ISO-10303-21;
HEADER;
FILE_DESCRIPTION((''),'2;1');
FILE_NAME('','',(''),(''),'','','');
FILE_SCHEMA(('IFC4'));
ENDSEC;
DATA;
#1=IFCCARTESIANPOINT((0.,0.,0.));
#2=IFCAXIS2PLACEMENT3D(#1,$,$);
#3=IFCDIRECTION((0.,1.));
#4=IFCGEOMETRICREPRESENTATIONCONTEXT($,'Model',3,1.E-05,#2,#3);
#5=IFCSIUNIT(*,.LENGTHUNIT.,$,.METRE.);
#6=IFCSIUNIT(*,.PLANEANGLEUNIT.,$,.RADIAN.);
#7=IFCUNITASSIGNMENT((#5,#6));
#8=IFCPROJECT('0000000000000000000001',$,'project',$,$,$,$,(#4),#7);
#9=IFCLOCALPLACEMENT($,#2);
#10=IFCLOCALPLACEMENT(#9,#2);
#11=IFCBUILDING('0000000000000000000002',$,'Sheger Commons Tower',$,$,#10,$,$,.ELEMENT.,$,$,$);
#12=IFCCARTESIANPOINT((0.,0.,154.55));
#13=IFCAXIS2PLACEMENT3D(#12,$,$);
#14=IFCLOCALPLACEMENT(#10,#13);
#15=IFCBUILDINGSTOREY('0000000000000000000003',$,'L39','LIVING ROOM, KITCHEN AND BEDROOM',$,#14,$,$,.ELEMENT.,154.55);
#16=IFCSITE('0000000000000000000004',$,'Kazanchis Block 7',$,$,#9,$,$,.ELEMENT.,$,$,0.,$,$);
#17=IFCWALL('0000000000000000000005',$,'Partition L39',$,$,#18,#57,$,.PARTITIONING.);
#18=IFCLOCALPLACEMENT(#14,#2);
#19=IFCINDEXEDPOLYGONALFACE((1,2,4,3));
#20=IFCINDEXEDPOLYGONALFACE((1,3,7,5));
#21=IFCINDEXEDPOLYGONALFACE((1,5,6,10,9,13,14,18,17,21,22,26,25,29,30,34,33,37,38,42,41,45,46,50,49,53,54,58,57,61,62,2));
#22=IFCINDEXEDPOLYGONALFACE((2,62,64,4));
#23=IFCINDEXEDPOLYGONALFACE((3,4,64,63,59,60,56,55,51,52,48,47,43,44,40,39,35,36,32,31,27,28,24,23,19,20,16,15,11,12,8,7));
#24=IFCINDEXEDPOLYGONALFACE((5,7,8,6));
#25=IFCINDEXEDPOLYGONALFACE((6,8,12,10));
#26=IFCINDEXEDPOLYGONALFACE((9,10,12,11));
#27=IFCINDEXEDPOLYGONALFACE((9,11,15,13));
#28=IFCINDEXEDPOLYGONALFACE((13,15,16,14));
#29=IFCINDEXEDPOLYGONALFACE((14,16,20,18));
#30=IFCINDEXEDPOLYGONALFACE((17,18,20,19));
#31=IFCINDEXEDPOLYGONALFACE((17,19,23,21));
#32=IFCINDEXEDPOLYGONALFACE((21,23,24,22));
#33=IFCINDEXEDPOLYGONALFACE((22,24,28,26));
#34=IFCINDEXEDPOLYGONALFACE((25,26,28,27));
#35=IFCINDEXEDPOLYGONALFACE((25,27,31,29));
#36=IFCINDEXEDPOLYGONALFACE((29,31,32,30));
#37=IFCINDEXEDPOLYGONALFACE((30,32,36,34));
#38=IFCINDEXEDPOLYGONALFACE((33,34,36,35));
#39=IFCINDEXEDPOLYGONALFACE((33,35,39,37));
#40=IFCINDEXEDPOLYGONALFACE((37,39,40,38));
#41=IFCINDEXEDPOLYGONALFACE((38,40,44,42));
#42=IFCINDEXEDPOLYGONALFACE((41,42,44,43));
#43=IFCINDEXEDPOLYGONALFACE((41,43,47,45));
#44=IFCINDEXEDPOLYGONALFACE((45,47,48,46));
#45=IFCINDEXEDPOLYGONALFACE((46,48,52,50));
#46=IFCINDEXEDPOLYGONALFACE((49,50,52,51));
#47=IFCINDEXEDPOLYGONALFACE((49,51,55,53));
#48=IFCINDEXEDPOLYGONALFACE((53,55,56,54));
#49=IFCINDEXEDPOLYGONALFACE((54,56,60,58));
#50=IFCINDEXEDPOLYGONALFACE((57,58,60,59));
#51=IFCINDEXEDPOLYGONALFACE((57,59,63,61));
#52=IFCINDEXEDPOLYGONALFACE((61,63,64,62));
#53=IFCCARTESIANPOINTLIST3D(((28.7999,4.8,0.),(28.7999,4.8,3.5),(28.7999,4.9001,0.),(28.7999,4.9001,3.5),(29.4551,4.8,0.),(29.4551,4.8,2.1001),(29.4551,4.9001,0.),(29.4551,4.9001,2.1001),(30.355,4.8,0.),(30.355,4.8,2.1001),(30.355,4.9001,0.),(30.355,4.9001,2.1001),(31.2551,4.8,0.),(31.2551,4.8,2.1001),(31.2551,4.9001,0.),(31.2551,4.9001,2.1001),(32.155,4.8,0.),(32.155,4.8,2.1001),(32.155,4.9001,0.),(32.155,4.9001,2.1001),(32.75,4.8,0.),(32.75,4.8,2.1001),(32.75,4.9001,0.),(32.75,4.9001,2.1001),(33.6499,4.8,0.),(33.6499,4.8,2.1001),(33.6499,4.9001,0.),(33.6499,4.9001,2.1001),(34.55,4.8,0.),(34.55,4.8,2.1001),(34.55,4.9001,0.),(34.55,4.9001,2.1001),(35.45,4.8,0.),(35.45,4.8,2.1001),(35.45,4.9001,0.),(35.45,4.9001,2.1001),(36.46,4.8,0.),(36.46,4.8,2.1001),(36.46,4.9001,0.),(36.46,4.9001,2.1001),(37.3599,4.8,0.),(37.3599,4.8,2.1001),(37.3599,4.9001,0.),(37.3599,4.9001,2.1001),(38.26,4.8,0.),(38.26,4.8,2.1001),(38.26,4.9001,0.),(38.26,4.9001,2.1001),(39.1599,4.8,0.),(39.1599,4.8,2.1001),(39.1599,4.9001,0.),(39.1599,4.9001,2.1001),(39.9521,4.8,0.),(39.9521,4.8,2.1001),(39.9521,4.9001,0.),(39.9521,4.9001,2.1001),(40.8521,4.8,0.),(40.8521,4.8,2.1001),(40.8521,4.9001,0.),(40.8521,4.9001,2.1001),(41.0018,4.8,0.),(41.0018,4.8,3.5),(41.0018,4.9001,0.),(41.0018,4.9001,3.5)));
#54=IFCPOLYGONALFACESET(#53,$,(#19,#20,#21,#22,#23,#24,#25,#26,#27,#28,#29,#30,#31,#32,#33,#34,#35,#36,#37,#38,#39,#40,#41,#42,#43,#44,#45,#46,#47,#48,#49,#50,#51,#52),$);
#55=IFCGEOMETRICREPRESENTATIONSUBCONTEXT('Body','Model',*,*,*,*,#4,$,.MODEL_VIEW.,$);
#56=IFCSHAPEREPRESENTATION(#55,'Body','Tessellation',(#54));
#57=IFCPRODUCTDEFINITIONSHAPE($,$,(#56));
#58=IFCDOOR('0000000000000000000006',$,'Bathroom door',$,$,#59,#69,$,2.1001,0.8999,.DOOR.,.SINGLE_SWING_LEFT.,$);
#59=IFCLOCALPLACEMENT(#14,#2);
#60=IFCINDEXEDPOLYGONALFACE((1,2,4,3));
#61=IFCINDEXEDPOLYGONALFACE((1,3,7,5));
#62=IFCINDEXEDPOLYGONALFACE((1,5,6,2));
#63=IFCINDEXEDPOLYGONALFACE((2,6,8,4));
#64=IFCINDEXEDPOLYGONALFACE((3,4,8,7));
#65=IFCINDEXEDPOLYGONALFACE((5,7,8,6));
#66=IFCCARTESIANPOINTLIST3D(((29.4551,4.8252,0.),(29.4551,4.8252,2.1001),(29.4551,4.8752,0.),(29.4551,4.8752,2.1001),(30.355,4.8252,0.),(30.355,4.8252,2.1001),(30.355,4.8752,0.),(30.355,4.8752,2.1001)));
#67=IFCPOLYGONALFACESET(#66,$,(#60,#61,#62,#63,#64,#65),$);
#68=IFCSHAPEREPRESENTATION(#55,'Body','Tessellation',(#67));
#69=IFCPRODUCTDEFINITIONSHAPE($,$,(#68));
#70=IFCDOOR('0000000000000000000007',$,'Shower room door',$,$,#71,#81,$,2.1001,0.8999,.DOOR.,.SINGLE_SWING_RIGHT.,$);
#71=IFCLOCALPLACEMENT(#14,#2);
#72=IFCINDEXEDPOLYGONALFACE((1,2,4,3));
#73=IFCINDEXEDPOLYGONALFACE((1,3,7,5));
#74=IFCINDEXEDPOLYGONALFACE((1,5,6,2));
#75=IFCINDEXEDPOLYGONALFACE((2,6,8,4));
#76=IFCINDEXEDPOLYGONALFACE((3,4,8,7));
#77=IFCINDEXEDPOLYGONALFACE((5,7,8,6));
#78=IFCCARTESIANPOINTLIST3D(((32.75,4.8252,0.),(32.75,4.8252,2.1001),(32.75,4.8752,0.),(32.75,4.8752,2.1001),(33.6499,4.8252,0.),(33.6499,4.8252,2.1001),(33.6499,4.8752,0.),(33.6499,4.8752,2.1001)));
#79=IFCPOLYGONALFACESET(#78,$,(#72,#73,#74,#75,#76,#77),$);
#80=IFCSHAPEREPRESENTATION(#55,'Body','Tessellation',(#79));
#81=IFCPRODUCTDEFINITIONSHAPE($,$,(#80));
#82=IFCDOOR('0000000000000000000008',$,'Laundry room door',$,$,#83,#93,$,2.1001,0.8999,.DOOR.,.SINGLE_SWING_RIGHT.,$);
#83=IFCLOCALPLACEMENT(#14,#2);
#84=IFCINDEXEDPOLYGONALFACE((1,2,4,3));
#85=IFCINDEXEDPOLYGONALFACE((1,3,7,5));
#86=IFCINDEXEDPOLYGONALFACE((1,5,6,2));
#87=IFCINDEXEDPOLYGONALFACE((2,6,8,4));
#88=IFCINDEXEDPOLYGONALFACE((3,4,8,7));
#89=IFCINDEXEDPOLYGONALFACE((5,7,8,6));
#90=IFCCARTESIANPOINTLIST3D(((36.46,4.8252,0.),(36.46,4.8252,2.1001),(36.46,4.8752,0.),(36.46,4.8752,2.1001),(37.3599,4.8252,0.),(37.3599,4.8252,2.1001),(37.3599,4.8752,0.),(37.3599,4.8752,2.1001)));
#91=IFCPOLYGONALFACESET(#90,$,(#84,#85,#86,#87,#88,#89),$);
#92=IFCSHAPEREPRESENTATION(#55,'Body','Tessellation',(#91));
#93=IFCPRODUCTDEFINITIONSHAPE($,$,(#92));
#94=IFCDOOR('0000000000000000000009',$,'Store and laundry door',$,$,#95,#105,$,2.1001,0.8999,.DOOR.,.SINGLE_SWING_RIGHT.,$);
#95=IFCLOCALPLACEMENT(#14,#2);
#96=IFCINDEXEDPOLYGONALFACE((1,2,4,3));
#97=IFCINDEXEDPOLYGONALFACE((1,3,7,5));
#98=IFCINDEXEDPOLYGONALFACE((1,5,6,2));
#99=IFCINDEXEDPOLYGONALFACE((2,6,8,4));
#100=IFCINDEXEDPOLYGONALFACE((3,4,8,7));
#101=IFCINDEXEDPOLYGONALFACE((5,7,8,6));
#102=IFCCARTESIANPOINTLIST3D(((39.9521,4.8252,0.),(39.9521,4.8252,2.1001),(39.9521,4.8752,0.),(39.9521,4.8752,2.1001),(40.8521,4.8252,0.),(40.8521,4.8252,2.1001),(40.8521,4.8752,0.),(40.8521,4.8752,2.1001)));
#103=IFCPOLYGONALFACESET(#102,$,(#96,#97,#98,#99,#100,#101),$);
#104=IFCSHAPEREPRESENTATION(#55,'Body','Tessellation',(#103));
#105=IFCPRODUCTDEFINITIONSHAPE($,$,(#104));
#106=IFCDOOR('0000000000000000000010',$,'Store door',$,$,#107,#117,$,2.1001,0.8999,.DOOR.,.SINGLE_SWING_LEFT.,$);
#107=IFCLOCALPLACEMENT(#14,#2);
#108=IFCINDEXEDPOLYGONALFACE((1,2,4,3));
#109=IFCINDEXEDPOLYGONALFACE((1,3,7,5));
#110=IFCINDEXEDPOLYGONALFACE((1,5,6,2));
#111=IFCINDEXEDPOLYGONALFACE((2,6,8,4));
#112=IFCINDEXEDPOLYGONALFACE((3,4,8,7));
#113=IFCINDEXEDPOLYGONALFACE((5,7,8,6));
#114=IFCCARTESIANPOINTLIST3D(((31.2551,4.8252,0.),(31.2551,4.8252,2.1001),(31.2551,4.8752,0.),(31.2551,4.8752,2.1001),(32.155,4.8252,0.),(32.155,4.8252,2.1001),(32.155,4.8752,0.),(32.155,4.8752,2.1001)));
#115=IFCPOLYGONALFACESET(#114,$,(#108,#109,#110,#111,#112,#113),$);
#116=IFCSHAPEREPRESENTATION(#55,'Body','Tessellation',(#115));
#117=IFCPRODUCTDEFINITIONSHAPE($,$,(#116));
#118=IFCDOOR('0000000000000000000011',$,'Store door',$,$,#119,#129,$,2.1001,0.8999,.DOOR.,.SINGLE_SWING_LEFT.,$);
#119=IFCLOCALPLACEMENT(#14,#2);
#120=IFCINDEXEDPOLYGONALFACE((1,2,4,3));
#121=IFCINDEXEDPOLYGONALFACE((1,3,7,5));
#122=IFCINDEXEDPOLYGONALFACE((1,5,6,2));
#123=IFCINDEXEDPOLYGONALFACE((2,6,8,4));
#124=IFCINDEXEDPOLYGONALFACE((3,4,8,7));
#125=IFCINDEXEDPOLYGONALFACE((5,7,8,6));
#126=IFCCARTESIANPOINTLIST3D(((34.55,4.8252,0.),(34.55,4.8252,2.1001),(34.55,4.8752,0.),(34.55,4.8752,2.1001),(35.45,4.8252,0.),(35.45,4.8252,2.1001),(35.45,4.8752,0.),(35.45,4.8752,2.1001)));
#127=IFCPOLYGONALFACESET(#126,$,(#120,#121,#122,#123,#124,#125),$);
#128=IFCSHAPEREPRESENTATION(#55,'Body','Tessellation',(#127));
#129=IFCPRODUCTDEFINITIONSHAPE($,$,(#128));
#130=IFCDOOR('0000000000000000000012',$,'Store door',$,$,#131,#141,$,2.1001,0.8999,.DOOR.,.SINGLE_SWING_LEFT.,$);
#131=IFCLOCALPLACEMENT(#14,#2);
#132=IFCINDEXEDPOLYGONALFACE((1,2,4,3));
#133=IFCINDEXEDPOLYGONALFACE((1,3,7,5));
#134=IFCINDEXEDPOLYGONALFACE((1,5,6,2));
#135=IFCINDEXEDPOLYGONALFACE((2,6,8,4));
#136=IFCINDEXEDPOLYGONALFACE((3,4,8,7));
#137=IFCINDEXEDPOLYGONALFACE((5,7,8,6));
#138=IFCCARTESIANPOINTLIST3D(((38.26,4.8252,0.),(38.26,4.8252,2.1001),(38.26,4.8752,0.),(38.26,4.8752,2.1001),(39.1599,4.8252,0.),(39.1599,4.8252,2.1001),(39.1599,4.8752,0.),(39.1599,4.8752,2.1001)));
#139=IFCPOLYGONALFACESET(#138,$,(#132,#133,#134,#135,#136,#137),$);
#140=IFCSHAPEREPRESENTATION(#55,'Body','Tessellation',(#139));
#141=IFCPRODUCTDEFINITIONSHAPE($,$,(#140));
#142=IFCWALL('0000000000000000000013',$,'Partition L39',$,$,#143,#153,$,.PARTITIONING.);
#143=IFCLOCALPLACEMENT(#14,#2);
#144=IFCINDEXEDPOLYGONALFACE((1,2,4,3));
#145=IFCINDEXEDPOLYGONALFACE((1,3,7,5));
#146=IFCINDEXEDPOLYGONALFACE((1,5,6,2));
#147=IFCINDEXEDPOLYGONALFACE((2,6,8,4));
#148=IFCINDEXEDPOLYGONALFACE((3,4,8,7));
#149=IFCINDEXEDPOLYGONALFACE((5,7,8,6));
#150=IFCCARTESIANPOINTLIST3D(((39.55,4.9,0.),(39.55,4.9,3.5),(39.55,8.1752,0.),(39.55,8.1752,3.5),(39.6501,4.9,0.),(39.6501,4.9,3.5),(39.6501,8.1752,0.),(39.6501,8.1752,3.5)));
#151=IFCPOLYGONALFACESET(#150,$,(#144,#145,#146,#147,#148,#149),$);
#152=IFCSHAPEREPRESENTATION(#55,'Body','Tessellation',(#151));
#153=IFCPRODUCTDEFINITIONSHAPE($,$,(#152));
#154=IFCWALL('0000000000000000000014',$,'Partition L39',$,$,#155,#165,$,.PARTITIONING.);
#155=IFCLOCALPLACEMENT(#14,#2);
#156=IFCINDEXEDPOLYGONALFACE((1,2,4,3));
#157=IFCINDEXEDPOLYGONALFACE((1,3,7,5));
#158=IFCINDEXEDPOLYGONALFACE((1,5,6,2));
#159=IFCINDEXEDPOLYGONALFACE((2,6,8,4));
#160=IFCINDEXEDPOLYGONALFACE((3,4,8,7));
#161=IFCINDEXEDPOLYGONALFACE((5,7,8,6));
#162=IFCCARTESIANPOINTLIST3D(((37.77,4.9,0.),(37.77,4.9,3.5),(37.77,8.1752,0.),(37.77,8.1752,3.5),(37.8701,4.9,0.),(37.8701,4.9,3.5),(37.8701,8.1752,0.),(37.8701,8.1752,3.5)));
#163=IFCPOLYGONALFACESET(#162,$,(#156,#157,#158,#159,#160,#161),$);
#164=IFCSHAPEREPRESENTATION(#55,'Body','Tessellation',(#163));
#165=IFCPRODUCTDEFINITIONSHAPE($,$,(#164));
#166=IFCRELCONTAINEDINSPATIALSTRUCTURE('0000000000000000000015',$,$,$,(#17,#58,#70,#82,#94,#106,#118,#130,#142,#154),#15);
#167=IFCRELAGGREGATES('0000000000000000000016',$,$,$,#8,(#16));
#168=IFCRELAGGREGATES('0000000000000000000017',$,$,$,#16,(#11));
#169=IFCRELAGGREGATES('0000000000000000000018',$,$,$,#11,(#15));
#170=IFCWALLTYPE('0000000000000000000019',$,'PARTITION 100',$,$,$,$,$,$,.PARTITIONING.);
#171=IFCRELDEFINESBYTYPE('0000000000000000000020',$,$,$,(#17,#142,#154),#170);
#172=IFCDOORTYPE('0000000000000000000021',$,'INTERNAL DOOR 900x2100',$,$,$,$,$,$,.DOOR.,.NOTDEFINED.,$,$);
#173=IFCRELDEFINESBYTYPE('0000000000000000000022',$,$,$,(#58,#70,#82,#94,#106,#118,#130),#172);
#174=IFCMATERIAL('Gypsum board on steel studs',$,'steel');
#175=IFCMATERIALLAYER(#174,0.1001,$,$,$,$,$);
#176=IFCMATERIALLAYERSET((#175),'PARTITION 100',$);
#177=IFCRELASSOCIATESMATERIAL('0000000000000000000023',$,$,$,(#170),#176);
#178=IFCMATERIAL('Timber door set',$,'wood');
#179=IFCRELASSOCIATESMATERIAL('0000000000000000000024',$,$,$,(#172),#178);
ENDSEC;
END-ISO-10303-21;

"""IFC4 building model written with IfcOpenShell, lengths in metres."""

from ifc_helpers import new_model, si_unit, direction, frame, frame_2d, origin, place, context, subcontext, project, spatial, rectangle, extrude, material, layer, layer_set, type_object, element, fill, save


model = new_model("IFC4")

# Units and contexts
model_context = context("Model", 3, precision=1e-05, world=origin(), true_north=direction((0.0, 1.0)))
body_context = subcontext(model_context, "Body", "Model", "MODEL_VIEW")
ifc_project = project(units=[si_unit("LENGTHUNIT", "METRE"), si_unit("PLANEANGLEUNIT", "RADIAN")], contexts=[model_context])

# Site, building, storey
site_placement = place(None, origin())
site = spatial("IfcSite", under=ifc_project, at=site_placement, Name="Kazanchis Block 7", CompositionType="ELEMENT", RefElevation=0.0)
building_placement = place(site_placement, origin())
building = spatial("IfcBuilding", under=site, at=building_placement, Name="Sheger Commons Tower", CompositionType="ELEMENT")
storey_placement = place(building_placement, frame((0.0, 0.0, 154.55)))
storey = spatial("IfcBuildingStorey", under=building, at=storey_placement, Name="L39", Description="LIVING ROOM, KITCHEN AND BEDROOM", CompositionType="ELEMENT", Elevation=154.55)

# Wall, openings, doors
ifc_material_1 = material(Name="Gypsum board on steel studs", Category="steel")
ifc_layer_1 = layer(ifc_material_1, 0.1001)
ifc_layer_set_1 = layer_set([ifc_layer_1], Name="PARTITION 100")
wall_type_1 = type_object("IfcWallType", Name="PARTITION 100", PredefinedType="PARTITIONING", material=ifc_layer_set_1)
ifc_material_2 = material(Name="Timber door set", Category="wood")
door_type = type_object("IfcDoorType", Name="INTERNAL DOOR 900x2100", OperationType="NOTDEFINED", PredefinedType="DOOR", material=ifc_material_2)
wall_1_placement = place(storey_placement, frame((41.002, 4.8501, 0.0), z_axis=(0.0, 0.0, 1.0), x_axis=(-1.0, 0.0, 0.0)))
wall_1 = element("IfcWall", 1, at=wall_1_placement, inside=storey, type_object=wall_type_1, Name="Partition L39", PredefinedType="PARTITIONING", context=body_context, shape_type="SweptSolid", body=[
    extrude(rectangle(XDim=12.2019, YDim=0.1001, at=frame_2d((6.1011, 0.0))), origin(), (0.0, 0.0, 1.0), 3.5),
])
opening_1_placement = place(wall_1_placement, frame((10.647, 0.0, 0.0)))
opening_1 = element("IfcOpeningElement", 2, at=opening_1_placement, cuts=wall_1, PredefinedType="OPENING", context=body_context, shape_type="SweptSolid", body=[
    extrude(rectangle(XDim=0.8999, YDim=2.1001, at=frame_2d((0.45, 1.05))), frame((0.0, 0.0601, 0.0), z_axis=(0.0, -1.0, 0.0), x_axis=(1.0, 0.0, 0.0)), (0.0, 0.0, 1.0), 0.1201),
])
opening_2_placement = place(wall_1_placement, frame((7.3521, 0.0, 0.0)))
opening_2 = element("IfcOpeningElement", 3, at=opening_2_placement, cuts=wall_1, PredefinedType="OPENING", context=body_context, shape_type="SweptSolid", body=[
    extrude(rectangle(XDim=0.8999, YDim=2.1001, at=frame_2d((0.45, 1.05))), frame((0.0, 0.0601, 0.0), z_axis=(0.0, -1.0, 0.0), x_axis=(1.0, 0.0, 0.0)), (0.0, 0.0, 1.0), 0.1201),
])
opening_3_placement = place(wall_1_placement, frame((3.6421, 0.0, 0.0)))
opening_3 = element("IfcOpeningElement", 4, at=opening_3_placement, cuts=wall_1, PredefinedType="OPENING", context=body_context, shape_type="SweptSolid", body=[
    extrude(rectangle(XDim=0.8999, YDim=2.1001, at=frame_2d((0.45, 1.05))), frame((0.0, 0.0601, 0.0), z_axis=(0.0, -1.0, 0.0), x_axis=(1.0, 0.0, 0.0)), (0.0, 0.0, 1.0), 0.1201),
])
opening_4_placement = place(wall_1_placement, frame((0.1499, 0.0, 0.0)))
opening_4 = element("IfcOpeningElement", 5, at=opening_4_placement, cuts=wall_1, PredefinedType="OPENING", context=body_context, shape_type="SweptSolid", body=[
    extrude(rectangle(XDim=0.8999, YDim=2.1001, at=frame_2d((0.45, 1.05))), frame((0.0, 0.0601, 0.0), z_axis=(0.0, -1.0, 0.0), x_axis=(1.0, 0.0, 0.0)), (0.0, 0.0, 1.0), 0.1201),
])
opening_5_placement = place(wall_1_placement, frame((8.8469, 0.0, 0.0)))
opening_5 = element("IfcOpeningElement", 6, at=opening_5_placement, cuts=wall_1, PredefinedType="OPENING", context=body_context, shape_type="SweptSolid", body=[
    extrude(rectangle(XDim=0.8999, YDim=2.1001, at=frame_2d((0.45, 1.05))), frame((0.0, 0.0601, 0.0), z_axis=(0.0, -1.0, 0.0), x_axis=(1.0, 0.0, 0.0)), (0.0, 0.0, 1.0), 0.1201),
])
opening_6_placement = place(wall_1_placement, frame((5.552, 0.0, 0.0)))
opening_6 = element("IfcOpeningElement", 7, at=opening_6_placement, cuts=wall_1, PredefinedType="OPENING", context=body_context, shape_type="SweptSolid", body=[
    extrude(rectangle(XDim=0.8999, YDim=2.1001, at=frame_2d((0.45, 1.05))), frame((0.0, 0.0601, 0.0), z_axis=(0.0, -1.0, 0.0), x_axis=(1.0, 0.0, 0.0)), (0.0, 0.0, 1.0), 0.1201),
])
opening_7_placement = place(wall_1_placement, frame((1.842, 0.0, 0.0)))
opening_7 = element("IfcOpeningElement", 8, at=opening_7_placement, cuts=wall_1, PredefinedType="OPENING", context=body_context, shape_type="SweptSolid", body=[
    extrude(rectangle(XDim=0.8999, YDim=2.1001, at=frame_2d((0.45, 1.05))), frame((0.0, 0.0601, 0.0), z_axis=(0.0, -1.0, 0.0), x_axis=(1.0, 0.0, 0.0)), (0.0, 0.0, 1.0), 0.1201),
])
door_1_placement = place(opening_1_placement, origin())
door_1 = element("IfcDoor", 9, at=door_1_placement, inside=storey, type_object=door_type, Name="Bathroom door", OperationType="SINGLE_SWING_LEFT", OverallHeight=2.1001, OverallWidth=0.8999, PredefinedType="DOOR", context=body_context, shape_type="SweptSolid", body=[
    extrude(rectangle(XDim=0.8999, YDim=2.1001, at=frame_2d((0.45, 1.05))), frame((0.0, 0.0249, 0.0), z_axis=(0.0, -1.0, 0.0), x_axis=(1.0, 0.0, 0.0)), (0.0, 0.0, 1.0), 0.05),
])
fill(opening_1, door_1)
door_2_placement = place(opening_2_placement, origin())
door_2 = element("IfcDoor", 10, at=door_2_placement, inside=storey, type_object=door_type, Name="Shower room door", OperationType="SINGLE_SWING_RIGHT", OverallHeight=2.1001, OverallWidth=0.8999, PredefinedType="DOOR", context=body_context, shape_type="SweptSolid", body=[
    extrude(rectangle(XDim=0.8999, YDim=2.1001, at=frame_2d((0.45, 1.05))), frame((0.0, 0.0249, 0.0), z_axis=(0.0, -1.0, 0.0), x_axis=(1.0, 0.0, 0.0)), (0.0, 0.0, 1.0), 0.05),
])
fill(opening_2, door_2)
door_3_placement = place(opening_3_placement, origin())
door_3 = element("IfcDoor", 11, at=door_3_placement, inside=storey, type_object=door_type, Name="Laundry room door", OperationType="SINGLE_SWING_RIGHT", OverallHeight=2.1001, OverallWidth=0.8999, PredefinedType="DOOR", context=body_context, shape_type="SweptSolid", body=[
    extrude(rectangle(XDim=0.8999, YDim=2.1001, at=frame_2d((0.45, 1.05))), frame((0.0, 0.0249, 0.0), z_axis=(0.0, -1.0, 0.0), x_axis=(1.0, 0.0, 0.0)), (0.0, 0.0, 1.0), 0.05),
])
fill(opening_3, door_3)
door_4_placement = place(opening_4_placement, origin())
door_4 = element("IfcDoor", 12, at=door_4_placement, inside=storey, type_object=door_type, Name="Store and laundry door", OperationType="SINGLE_SWING_RIGHT", OverallHeight=2.1001, OverallWidth=0.8999, PredefinedType="DOOR", context=body_context, shape_type="SweptSolid", body=[
    extrude(rectangle(XDim=0.8999, YDim=2.1001, at=frame_2d((0.45, 1.05))), frame((0.0, 0.0249, 0.0), z_axis=(0.0, -1.0, 0.0), x_axis=(1.0, 0.0, 0.0)), (0.0, 0.0, 1.0), 0.05),
])
fill(opening_4, door_4)
door_5_placement = place(opening_5_placement, origin())
door_5 = element("IfcDoor", 13, at=door_5_placement, inside=storey, type_object=door_type, Name="Store door", OperationType="SINGLE_SWING_LEFT", OverallHeight=2.1001, OverallWidth=0.8999, PredefinedType="DOOR", context=body_context, shape_type="SweptSolid", body=[
    extrude(rectangle(XDim=0.8999, YDim=2.1001, at=frame_2d((0.45, 1.05))), frame((0.0, 0.0249, 0.0), z_axis=(0.0, -1.0, 0.0), x_axis=(1.0, 0.0, 0.0)), (0.0, 0.0, 1.0), 0.05),
])
fill(opening_5, door_5)
door_6_placement = place(opening_6_placement, origin())
door_6 = element("IfcDoor", 14, at=door_6_placement, inside=storey, type_object=door_type, Name="Store door", OperationType="SINGLE_SWING_LEFT", OverallHeight=2.1001, OverallWidth=0.8999, PredefinedType="DOOR", context=body_context, shape_type="SweptSolid", body=[
    extrude(rectangle(XDim=0.8999, YDim=2.1001, at=frame_2d((0.45, 1.05))), frame((0.0, 0.0249, 0.0), z_axis=(0.0, -1.0, 0.0), x_axis=(1.0, 0.0, 0.0)), (0.0, 0.0, 1.0), 0.05),
])
fill(opening_6, door_6)
door_7_placement = place(opening_7_placement, origin())
door_7 = element("IfcDoor", 15, at=door_7_placement, inside=storey, type_object=door_type, Name="Store door", OperationType="SINGLE_SWING_LEFT", OverallHeight=2.1001, OverallWidth=0.8999, PredefinedType="DOOR", context=body_context, shape_type="SweptSolid", body=[
    extrude(rectangle(XDim=0.8999, YDim=2.1001, at=frame_2d((0.45, 1.05))), frame((0.0, 0.0249, 0.0), z_axis=(0.0, -1.0, 0.0), x_axis=(1.0, 0.0, 0.0)), (0.0, 0.0, 1.0), 0.05),
])
fill(opening_7, door_7)

# Walls
for number, where, z_axis, x_axis, name in (
    (16, (39.6001, 4.8999, 0.0), (0.0, 0.0, 1.0), (0.0, 1.0, 0.0), "Partition L39"),
    (17, (37.8201, 4.8999, 0.0), (0.0, 0.0, 1.0), (0.0, 1.0, 0.0), "Partition L39"),
):
    element("IfcWall", number, at=place(storey_placement, frame(where, z_axis=z_axis, x_axis=x_axis)), inside=storey, type_object=wall_type_1, Name=name, PredefinedType="PARTITIONING", context=body_context, shape_type="SweptSolid", body=[
        extrude(rectangle(XDim=3.2751, YDim=0.1001, at=frame_2d((1.6377, 0.0))), origin(), (0.0, 0.0, 1.0), 3.5),
    ])

save(model, "model.ifc")
